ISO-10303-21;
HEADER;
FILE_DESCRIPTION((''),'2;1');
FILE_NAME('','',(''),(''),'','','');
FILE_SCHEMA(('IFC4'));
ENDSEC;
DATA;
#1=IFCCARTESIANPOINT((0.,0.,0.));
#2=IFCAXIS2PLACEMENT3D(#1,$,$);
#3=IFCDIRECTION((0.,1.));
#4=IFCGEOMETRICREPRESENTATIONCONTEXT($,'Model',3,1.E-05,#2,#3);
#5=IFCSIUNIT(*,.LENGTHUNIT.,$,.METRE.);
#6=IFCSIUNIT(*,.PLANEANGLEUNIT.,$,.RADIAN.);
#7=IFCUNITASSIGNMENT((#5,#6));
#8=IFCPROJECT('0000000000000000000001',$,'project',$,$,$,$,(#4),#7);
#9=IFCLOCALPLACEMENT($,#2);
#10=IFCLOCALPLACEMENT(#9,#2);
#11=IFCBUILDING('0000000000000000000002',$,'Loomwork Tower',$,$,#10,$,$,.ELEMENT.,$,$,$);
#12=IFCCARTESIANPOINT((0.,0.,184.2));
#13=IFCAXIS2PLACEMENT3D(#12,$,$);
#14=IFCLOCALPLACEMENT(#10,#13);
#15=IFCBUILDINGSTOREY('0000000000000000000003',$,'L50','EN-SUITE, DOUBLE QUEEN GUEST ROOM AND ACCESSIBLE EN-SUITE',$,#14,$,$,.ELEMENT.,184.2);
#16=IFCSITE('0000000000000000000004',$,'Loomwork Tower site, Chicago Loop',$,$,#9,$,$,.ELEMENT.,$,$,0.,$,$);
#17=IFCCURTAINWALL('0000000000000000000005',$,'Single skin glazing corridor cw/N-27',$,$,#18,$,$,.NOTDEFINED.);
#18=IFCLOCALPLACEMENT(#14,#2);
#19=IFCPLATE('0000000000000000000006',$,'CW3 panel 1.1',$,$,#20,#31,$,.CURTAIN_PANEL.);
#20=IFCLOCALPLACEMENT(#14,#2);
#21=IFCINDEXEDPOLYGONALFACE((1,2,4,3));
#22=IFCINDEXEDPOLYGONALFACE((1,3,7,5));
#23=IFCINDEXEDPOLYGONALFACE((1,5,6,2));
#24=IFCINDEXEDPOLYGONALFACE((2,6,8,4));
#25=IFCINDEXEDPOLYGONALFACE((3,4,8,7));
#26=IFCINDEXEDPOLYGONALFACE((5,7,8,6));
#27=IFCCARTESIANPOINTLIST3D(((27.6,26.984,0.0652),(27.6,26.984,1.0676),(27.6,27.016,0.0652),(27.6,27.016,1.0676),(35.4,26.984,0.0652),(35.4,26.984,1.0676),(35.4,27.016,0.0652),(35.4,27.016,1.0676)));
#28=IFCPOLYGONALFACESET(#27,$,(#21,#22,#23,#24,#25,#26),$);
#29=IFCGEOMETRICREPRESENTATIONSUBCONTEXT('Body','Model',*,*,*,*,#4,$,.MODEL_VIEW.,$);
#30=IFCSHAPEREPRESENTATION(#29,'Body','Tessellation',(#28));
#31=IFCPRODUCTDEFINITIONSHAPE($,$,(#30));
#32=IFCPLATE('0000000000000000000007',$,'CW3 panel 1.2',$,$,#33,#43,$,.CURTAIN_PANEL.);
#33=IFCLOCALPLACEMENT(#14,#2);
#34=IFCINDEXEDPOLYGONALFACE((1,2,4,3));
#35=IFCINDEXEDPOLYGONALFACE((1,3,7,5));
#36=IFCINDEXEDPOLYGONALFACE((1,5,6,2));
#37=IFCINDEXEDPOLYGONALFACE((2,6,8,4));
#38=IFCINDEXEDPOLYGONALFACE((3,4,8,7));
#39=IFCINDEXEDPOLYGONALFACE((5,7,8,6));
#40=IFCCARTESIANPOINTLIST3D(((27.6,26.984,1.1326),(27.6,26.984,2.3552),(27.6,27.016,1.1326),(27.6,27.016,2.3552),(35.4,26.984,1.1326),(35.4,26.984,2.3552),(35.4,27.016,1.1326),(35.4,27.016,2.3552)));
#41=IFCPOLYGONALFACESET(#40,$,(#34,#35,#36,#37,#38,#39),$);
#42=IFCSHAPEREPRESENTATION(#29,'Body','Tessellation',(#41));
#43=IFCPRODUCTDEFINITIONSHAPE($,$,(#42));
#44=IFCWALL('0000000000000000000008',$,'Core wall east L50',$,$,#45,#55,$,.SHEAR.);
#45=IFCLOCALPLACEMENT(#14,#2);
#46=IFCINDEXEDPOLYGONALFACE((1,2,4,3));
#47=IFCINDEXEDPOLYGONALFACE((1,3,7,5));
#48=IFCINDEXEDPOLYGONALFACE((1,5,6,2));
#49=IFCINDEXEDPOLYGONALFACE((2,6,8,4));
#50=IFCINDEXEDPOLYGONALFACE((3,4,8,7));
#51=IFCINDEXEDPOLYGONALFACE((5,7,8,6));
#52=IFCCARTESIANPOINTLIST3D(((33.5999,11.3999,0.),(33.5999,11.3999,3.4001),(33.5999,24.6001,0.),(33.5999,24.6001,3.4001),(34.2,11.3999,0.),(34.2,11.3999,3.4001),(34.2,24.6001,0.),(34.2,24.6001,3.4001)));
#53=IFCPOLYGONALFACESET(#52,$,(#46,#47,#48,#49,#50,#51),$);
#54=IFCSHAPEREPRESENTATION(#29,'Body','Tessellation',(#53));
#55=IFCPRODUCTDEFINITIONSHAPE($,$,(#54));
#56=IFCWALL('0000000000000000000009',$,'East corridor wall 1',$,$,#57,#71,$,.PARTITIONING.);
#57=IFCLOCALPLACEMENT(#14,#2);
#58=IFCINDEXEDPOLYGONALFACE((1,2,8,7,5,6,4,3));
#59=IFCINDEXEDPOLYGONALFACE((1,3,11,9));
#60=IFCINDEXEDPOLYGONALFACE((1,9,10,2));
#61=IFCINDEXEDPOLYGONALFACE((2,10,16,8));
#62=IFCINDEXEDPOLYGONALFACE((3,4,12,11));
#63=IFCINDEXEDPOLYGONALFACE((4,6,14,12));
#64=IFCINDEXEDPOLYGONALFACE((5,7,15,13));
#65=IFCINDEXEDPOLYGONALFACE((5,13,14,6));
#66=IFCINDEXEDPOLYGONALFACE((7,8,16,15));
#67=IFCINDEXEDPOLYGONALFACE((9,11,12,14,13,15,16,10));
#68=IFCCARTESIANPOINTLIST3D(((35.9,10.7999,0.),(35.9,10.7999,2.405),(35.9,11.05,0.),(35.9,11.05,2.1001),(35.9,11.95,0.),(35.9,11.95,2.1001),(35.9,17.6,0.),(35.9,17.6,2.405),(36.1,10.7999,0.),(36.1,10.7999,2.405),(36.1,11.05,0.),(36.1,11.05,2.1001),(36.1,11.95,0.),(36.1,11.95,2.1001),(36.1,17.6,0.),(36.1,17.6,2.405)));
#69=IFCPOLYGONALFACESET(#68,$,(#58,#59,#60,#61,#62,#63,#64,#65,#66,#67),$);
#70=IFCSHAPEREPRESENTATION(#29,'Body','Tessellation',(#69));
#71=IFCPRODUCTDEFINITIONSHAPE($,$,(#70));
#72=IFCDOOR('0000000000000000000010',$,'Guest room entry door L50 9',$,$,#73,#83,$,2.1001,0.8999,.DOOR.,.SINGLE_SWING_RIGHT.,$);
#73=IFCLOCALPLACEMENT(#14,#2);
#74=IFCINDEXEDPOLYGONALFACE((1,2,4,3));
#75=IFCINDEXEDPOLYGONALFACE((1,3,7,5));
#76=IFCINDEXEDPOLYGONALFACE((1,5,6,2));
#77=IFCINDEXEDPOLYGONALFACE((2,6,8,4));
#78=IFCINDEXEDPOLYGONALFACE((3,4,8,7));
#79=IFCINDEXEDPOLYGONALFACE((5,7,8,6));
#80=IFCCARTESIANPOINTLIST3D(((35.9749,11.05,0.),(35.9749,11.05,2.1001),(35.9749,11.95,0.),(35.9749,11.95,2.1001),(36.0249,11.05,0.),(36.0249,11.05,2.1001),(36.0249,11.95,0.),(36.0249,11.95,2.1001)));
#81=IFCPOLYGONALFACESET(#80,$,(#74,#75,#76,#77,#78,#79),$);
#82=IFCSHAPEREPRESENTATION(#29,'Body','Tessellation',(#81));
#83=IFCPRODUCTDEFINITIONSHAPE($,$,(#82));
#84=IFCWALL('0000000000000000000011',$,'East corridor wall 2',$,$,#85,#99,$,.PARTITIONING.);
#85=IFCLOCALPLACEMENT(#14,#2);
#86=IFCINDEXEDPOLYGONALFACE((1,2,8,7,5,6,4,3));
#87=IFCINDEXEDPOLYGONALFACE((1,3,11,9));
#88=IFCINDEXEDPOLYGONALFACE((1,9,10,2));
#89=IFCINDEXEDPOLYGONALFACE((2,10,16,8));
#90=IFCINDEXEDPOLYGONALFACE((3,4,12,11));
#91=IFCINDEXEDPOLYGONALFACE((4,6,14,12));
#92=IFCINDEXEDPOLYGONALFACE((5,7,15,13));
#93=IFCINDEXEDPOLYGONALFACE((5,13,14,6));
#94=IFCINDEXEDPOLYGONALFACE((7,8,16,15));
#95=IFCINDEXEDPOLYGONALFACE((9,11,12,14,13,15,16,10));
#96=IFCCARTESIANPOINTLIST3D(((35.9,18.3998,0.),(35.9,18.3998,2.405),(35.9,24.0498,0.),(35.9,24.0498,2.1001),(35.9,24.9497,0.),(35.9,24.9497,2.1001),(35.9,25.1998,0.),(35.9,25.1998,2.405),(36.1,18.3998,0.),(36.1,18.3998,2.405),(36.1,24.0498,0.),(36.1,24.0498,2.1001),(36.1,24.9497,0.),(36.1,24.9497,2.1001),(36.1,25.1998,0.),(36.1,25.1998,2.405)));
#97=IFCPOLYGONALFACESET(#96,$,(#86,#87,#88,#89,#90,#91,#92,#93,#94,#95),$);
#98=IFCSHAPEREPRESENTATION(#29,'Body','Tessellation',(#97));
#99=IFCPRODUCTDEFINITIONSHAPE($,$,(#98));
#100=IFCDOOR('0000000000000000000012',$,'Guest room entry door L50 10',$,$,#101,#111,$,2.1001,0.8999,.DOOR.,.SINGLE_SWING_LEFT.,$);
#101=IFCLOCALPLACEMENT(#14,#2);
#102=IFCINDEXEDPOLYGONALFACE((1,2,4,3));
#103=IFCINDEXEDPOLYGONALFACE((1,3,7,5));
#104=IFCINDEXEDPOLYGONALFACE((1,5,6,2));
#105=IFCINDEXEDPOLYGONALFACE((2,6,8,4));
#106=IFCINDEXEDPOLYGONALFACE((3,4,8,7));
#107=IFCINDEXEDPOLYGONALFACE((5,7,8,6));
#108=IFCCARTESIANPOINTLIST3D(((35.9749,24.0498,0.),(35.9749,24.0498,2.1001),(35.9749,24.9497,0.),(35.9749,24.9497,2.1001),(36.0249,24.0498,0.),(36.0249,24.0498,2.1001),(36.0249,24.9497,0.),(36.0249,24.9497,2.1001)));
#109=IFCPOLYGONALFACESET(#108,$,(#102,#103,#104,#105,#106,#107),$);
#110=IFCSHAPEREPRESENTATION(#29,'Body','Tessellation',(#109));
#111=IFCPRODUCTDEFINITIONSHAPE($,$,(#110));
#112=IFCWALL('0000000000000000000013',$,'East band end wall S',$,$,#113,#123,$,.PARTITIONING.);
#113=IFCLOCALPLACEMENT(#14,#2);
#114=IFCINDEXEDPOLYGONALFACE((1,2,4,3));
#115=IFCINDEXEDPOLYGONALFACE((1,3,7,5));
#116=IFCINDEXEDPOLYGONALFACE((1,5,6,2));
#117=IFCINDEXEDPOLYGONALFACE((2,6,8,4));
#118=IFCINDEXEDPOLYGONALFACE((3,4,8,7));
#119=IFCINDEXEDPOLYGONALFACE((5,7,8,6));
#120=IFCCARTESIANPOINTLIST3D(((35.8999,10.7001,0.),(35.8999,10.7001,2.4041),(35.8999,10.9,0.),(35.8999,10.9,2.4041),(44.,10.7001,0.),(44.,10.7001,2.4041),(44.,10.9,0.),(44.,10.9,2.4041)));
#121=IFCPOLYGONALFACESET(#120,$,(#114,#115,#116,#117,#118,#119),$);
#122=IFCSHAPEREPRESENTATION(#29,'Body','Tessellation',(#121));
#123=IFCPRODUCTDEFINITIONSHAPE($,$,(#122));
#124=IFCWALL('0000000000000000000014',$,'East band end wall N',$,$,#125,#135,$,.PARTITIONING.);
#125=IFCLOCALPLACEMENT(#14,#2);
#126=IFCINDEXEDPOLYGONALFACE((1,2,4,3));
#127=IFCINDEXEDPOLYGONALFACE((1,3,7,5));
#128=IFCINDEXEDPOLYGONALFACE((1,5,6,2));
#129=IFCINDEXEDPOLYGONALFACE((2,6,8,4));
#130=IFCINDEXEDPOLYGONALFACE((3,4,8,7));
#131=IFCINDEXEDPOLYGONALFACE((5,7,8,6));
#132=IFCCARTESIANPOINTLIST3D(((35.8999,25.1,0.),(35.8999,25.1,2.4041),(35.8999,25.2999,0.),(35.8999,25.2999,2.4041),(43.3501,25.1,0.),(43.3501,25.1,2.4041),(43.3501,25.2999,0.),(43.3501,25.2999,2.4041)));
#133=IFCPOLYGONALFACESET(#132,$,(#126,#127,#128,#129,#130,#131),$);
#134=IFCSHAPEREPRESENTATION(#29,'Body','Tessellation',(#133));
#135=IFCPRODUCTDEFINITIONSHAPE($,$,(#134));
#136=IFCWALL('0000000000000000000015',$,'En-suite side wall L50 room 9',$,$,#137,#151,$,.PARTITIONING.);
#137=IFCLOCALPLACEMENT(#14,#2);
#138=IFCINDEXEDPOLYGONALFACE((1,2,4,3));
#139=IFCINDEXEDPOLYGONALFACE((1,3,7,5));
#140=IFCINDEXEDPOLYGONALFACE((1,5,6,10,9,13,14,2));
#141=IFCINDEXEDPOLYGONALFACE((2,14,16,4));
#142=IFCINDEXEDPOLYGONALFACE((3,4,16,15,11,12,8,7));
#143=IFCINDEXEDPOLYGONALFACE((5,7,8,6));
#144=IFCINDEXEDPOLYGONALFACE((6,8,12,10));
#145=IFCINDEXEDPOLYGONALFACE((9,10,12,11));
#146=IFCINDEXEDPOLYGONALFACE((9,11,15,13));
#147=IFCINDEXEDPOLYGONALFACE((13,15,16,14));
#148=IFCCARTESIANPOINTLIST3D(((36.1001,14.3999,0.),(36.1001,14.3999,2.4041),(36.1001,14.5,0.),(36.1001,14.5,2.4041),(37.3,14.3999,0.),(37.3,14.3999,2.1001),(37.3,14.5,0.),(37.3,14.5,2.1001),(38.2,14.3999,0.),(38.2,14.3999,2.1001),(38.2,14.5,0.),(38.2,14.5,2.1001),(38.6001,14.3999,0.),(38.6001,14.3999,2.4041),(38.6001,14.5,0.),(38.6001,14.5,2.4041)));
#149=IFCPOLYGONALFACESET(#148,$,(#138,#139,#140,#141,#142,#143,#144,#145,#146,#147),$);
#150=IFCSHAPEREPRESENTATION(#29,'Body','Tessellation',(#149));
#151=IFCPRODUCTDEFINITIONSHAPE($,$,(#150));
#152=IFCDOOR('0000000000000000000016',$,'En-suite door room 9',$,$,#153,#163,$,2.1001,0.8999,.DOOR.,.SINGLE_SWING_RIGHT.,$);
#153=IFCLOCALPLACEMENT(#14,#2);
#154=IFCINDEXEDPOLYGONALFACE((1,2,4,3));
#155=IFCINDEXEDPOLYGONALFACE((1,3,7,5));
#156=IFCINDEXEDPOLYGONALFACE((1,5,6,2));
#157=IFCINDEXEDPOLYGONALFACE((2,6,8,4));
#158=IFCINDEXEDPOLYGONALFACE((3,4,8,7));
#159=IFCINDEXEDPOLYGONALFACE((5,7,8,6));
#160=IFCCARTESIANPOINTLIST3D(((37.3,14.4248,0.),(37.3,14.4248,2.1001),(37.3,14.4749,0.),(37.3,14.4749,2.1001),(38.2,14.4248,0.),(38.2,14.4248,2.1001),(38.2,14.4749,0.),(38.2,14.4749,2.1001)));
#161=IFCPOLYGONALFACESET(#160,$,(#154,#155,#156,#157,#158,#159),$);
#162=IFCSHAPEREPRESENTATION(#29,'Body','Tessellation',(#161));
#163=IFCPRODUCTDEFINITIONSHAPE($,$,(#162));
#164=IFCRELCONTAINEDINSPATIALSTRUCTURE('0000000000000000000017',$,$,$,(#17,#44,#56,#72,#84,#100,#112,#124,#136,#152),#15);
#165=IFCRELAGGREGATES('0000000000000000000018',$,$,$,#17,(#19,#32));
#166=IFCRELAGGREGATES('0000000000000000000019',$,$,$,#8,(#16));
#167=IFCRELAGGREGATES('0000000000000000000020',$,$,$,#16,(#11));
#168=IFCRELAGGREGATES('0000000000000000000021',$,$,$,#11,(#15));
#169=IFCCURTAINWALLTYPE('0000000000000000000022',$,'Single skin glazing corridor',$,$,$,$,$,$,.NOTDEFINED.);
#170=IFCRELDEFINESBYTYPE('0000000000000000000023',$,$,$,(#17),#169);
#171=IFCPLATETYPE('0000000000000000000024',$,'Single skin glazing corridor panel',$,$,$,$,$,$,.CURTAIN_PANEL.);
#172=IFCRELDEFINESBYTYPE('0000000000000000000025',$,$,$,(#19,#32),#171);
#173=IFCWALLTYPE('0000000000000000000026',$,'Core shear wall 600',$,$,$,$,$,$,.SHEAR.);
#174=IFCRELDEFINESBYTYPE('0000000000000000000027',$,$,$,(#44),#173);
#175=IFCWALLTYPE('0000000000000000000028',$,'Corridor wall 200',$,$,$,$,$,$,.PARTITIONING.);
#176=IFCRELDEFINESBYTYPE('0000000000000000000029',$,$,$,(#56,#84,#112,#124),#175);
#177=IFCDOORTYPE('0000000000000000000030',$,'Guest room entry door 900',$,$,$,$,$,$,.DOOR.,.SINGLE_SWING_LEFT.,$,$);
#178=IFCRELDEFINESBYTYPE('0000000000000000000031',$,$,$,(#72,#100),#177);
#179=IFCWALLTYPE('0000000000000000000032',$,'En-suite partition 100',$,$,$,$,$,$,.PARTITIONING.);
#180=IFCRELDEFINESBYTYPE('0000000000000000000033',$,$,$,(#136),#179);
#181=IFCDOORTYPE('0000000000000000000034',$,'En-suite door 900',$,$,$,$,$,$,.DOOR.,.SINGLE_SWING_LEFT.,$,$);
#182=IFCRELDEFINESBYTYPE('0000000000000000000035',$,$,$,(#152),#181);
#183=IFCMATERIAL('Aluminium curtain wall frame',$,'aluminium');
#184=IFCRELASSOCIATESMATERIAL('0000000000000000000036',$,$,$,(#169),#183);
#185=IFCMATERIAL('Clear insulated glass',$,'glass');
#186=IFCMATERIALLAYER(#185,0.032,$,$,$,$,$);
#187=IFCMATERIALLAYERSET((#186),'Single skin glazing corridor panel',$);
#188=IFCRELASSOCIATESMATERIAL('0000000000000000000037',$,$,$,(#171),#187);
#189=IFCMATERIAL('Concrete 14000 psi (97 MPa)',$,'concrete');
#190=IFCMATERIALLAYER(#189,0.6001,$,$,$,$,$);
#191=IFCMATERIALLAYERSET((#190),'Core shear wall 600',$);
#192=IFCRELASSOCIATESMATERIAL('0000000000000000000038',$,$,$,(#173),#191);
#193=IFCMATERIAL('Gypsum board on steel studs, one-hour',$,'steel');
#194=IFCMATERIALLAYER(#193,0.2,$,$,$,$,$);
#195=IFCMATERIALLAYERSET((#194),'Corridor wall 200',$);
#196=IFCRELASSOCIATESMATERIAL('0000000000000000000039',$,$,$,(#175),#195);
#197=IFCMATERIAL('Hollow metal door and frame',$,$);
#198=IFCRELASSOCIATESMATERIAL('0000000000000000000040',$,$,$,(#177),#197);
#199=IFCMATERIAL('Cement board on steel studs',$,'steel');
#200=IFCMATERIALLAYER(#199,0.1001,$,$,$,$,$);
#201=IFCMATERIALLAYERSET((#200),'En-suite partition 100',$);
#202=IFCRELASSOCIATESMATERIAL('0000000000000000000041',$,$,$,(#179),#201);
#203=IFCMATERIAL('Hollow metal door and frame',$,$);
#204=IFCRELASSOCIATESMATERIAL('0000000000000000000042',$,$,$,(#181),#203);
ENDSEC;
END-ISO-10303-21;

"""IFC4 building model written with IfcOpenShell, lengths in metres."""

from ifc_helpers import new_model, si_unit, direction, frame, frame_2d, origin, origin_2d, place, context, subcontext, project, spatial, rectangle, extrude, material, layer, layer_set, type_object, element, fill, aggregate, save


model = new_model("IFC4")

# Units and contexts
model_context = context("Model", 3, precision=1e-05, world=origin(), true_north=direction((0.0, 1.0)))
body_context = subcontext(model_context, "Body", "Model", "MODEL_VIEW")
ifc_project = project(units=[si_unit("LENGTHUNIT", "METRE"), si_unit("PLANEANGLEUNIT", "RADIAN")], contexts=[model_context])

# Site, building, storey
site_placement = place(None, origin())
site = spatial("IfcSite", under=ifc_project, at=site_placement, Name="Loomwork Tower site, Chicago Loop", CompositionType="ELEMENT", RefElevation=0.0)
building_placement = place(site_placement, origin())
building = spatial("IfcBuilding", under=site, at=building_placement, Name="Loomwork Tower", CompositionType="ELEMENT")
storey_placement = place(building_placement, frame((0.0, 0.0, 184.2)))
storey = spatial("IfcBuildingStorey", under=building, at=storey_placement, Name="L50", Description="EN-SUITE, DOUBLE QUEEN GUEST ROOM AND ACCESSIBLE EN-SUITE", CompositionType="ELEMENT", Elevation=184.2)

# Curtain wall, plates
ifc_material_1 = material(Name="Aluminium curtain wall frame", Category="aluminium")
curtain_wall_type = type_object("IfcCurtainWallType", Name="Single skin glazing corridor", PredefinedType="NOTDEFINED", material=ifc_material_1)
curtain_wall_placement = place(storey_placement, origin())
curtain_wall = element("IfcCurtainWall", 1, at=curtain_wall_placement, inside=storey, type_object=curtain_wall_type, Name="Single skin glazing corridor cw/N-27", PredefinedType="NOTDEFINED")
ifc_material_2 = material(Name="Clear insulated glass", Category="glass")
ifc_layer_1 = layer(ifc_material_2, 0.032)
ifc_layer_set_1 = layer_set([ifc_layer_1], Name="Single skin glazing corridor panel")
plate_type = type_object("IfcPlateType", Name="Single skin glazing corridor panel", PredefinedType="CURTAIN_PANEL", material=ifc_layer_set_1)
plate_1_placement = place(storey_placement, frame((31.5, 27.0, 0.0652), z_axis=(0.0, 0.0, 1.0), x_axis=(-1.0, 0.0, 0.0)))
plate_1 = element("IfcPlate", 2, at=plate_1_placement, type_object=plate_type, Name="CW3 panel 1.1", PredefinedType="CURTAIN_PANEL", context=body_context, shape_type="SweptSolid", body=[
    extrude(rectangle(XDim=7.8, YDim=0.032, at=origin_2d()), origin(), (0.0, 0.0, 1.0), 1.0024),
])
plate_2_placement = place(storey_placement, frame((31.5, 27.0, 1.1326), z_axis=(0.0, 0.0, 1.0), x_axis=(-1.0, 0.0, 0.0)))
plate_2 = element("IfcPlate", 3, at=plate_2_placement, type_object=plate_type, Name="CW3 panel 1.2", PredefinedType="CURTAIN_PANEL", context=body_context, shape_type="SweptSolid", body=[
    extrude(rectangle(XDim=7.8, YDim=0.032, at=origin_2d()), origin(), (0.0, 0.0, 1.0), 1.2227),
])
aggregate(curtain_wall, [plate_1, plate_2])

# Wall
ifc_material_3 = material(Name="Concrete 14000 psi (97 MPa)", Category="concrete")
ifc_layer_2 = layer(ifc_material_3, 0.6001)
ifc_layer_set_2 = layer_set([ifc_layer_2], Name="Core shear wall 600")
wall_type_1 = type_object("IfcWallType", Name="Core shear wall 600", PredefinedType="SHEAR", material=ifc_layer_set_2)
wall_1_placement = place(storey_placement, frame((33.8999, 11.3999, 0.0), z_axis=(0.0, 0.0, 1.0), x_axis=(0.0, 1.0, 0.0)))
element("IfcWall", 4, at=wall_1_placement, inside=storey, type_object=wall_type_1, Name="Core wall east L50", PredefinedType="SHEAR", context=body_context, shape_type="SweptSolid", body=[
    extrude(rectangle(XDim=13.2002, YDim=0.6001, at=frame_2d((6.6001, 0.0))), origin(), (0.0, 0.0, 1.0), 3.4001),
])

# Walls, openings, doors
ifc_material_4 = material(Name="Gypsum board on steel studs, one-hour", Category="steel")
ifc_layer_3 = layer(ifc_material_4, 0.2)
ifc_layer_set_3 = layer_set([ifc_layer_3], Name="Corridor wall 200")
wall_type_2 = type_object("IfcWallType", Name="Corridor wall 200", PredefinedType="PARTITIONING", material=ifc_layer_set_3)
wall_2_placement = place(storey_placement, frame((36.0, 10.8, 0.0), z_axis=(0.0, 0.0, 1.0), x_axis=(0.0, 1.0, 0.0)))
wall_2 = element("IfcWall", 5, at=wall_2_placement, inside=storey, type_object=wall_type_2, Name="East corridor wall 1", PredefinedType="PARTITIONING", context=body_context, shape_type="SweptSolid", body=[
    extrude(rectangle(XDim=6.8, YDim=0.2, at=frame_2d((3.3999, 0.0))), origin(), (0.0, 0.0, 1.0), 2.405),
])
opening_1_placement = place(wall_2_placement, frame((0.25, 0.0, 0.0)))
opening_1 = element("IfcOpeningElement", 6, at=opening_1_placement, cuts=wall_2, PredefinedType="OPENING", context=body_context, shape_type="SweptSolid", body=[
    extrude(rectangle(XDim=0.8999, YDim=2.1001, at=frame_2d((0.45, 1.05))), frame((0.0, 0.1099, 0.0), z_axis=(0.0, -1.0, 0.0), x_axis=(1.0, 0.0, 0.0)), (0.0, 0.0, 1.0), 0.22),
])
ifc_material_5 = material(Name="Hollow metal door and frame")
door_type_1 = type_object("IfcDoorType", Name="Guest room entry door 900", OperationType="SINGLE_SWING_LEFT", PredefinedType="DOOR", material=ifc_material_5)
door_1_placement = place(opening_1_placement, frame((0.8999, 0.0, 0.0), z_axis=(0.0, 0.0, 1.0), x_axis=(-1.0, 0.0, 0.0)))
door_1 = element("IfcDoor", 7, at=door_1_placement, inside=storey, type_object=door_type_1, Name="Guest room entry door L50 9", OperationType="SINGLE_SWING_RIGHT", OverallHeight=2.1001, OverallWidth=0.8999, PredefinedType="DOOR", context=body_context, shape_type="SweptSolid", body=[
    extrude(rectangle(XDim=0.8999, YDim=2.1001, at=frame_2d((0.45, 1.05))), frame((0.0, 0.0249, 0.0), z_axis=(0.0, -1.0, 0.0), x_axis=(1.0, 0.0, 0.0)), (0.0, 0.0, 1.0), 0.05),
])
fill(opening_1, door_1)
wall_3_placement = place(storey_placement, frame((36.0, 18.3999, 0.0), z_axis=(0.0, 0.0, 1.0), x_axis=(0.0, 1.0, 0.0)))
wall_3 = element("IfcWall", 8, at=wall_3_placement, inside=storey, type_object=wall_type_2, Name="East corridor wall 2", PredefinedType="PARTITIONING", context=body_context, shape_type="SweptSolid", body=[
    extrude(rectangle(XDim=6.8, YDim=0.2, at=frame_2d((3.3999, 0.0))), origin(), (0.0, 0.0, 1.0), 2.405),
])
opening_2_placement = place(wall_3_placement, frame((5.6499, 0.0, 0.0)))
opening_2 = element("IfcOpeningElement", 9, at=opening_2_placement, cuts=wall_3, PredefinedType="OPENING", context=body_context, shape_type="SweptSolid", body=[
    extrude(rectangle(XDim=0.8999, YDim=2.1001, at=frame_2d((0.45, 1.05))), frame((0.0, 0.1099, 0.0), z_axis=(0.0, -1.0, 0.0), x_axis=(1.0, 0.0, 0.0)), (0.0, 0.0, 1.0), 0.22),
])
door_2_placement = place(opening_2_placement, frame((0.8999, 0.0, 0.0), z_axis=(0.0, 0.0, 1.0), x_axis=(-1.0, 0.0, 0.0)))
door_2 = element("IfcDoor", 10, at=door_2_placement, inside=storey, type_object=door_type_1, Name="Guest room entry door L50 10", OperationType="SINGLE_SWING_LEFT", OverallHeight=2.1001, OverallWidth=0.8999, PredefinedType="DOOR", context=body_context, shape_type="SweptSolid", body=[
    extrude(rectangle(XDim=0.8999, YDim=2.1001, at=frame_2d((0.45, 1.05))), frame((0.0, 0.0249, 0.0), z_axis=(0.0, -1.0, 0.0), x_axis=(1.0, 0.0, 0.0)), (0.0, 0.0, 1.0), 0.05),
])
fill(opening_2, door_2)

# Walls
wall_4_placement = place(storey_placement, frame((35.8999, 10.8, 0.0), z_axis=(0.0, 0.0, 1.0), x_axis=(1.0, 0.0, 0.0)))
element("IfcWall", 11, at=wall_4_placement, inside=storey, type_object=wall_type_2, Name="East band end wall S", PredefinedType="PARTITIONING", context=body_context, shape_type="SweptSolid", body=[
    extrude(rectangle(XDim=8.1001, YDim=0.2, at=frame_2d((4.05, 0.0))), origin(), (0.0, 0.0, 1.0), 2.4041),
])
wall_5_placement = place(storey_placement, frame((35.8999, 25.2, 0.0), z_axis=(0.0, 0.0, 1.0), x_axis=(1.0, 0.0, 0.0)))
element("IfcWall", 12, at=wall_5_placement, inside=storey, type_object=wall_type_2, Name="East band end wall N", PredefinedType="PARTITIONING", context=body_context, shape_type="SweptSolid", body=[
    extrude(rectangle(XDim=7.4502, YDim=0.2, at=frame_2d((3.7251, 0.0))), origin(), (0.0, 0.0, 1.0), 2.4041),
])

# Wall, opening, door
ifc_material_6 = material(Name="Cement board on steel studs", Category="steel")
ifc_layer_4 = layer(ifc_material_6, 0.1001)
ifc_layer_set_4 = layer_set([ifc_layer_4], Name="En-suite partition 100")
wall_type_3 = type_object("IfcWallType", Name="En-suite partition 100", PredefinedType="PARTITIONING", material=ifc_layer_set_4)
wall_6_placement = place(storey_placement, frame((36.1001, 14.45, 0.0), z_axis=(0.0, 0.0, 1.0), x_axis=(1.0, 0.0, 0.0)))
wall_6 = element("IfcWall", 13, at=wall_6_placement, inside=storey, type_object=wall_type_3, Name="En-suite side wall L50 room 9", PredefinedType="PARTITIONING", context=body_context, shape_type="SweptSolid", body=[
    extrude(rectangle(XDim=2.5, YDim=0.1001, at=frame_2d((1.25, 0.0))), origin(), (0.0, 0.0, 1.0), 2.4041),
])
opening_3_placement = place(wall_6_placement, frame((1.2, 0.0, 0.0)))
opening_3 = element("IfcOpeningElement", 14, at=opening_3_placement, cuts=wall_6, PredefinedType="OPENING", context=body_context, shape_type="SweptSolid", body=[
    extrude(rectangle(XDim=0.8999, YDim=2.1001, at=frame_2d((0.45, 1.05))), frame((0.0, 0.0601, 0.0), z_axis=(0.0, -1.0, 0.0), x_axis=(1.0, 0.0, 0.0)), (0.0, 0.0, 1.0), 0.1201),
])
ifc_material_7 = material(Name="Hollow metal door and frame")
door_type_2 = type_object("IfcDoorType", Name="En-suite door 900", OperationType="SINGLE_SWING_LEFT", PredefinedType="DOOR", material=ifc_material_7)
door_3_placement = place(opening_3_placement, origin())
door_3 = element("IfcDoor", 15, at=door_3_placement, inside=storey, type_object=door_type_2, Name="En-suite door room 9", OperationType="SINGLE_SWING_RIGHT", OverallHeight=2.1001, OverallWidth=0.8999, PredefinedType="DOOR", context=body_context, shape_type="SweptSolid", body=[
    extrude(rectangle(XDim=0.8999, YDim=2.1001, at=frame_2d((0.45, 1.05))), frame((0.0, 0.0249, 0.0), z_axis=(0.0, -1.0, 0.0), x_axis=(1.0, 0.0, 0.0)), (0.0, 0.0, 1.0), 0.05),
])
fill(opening_3, door_3)

save(model, "model.ifc")
